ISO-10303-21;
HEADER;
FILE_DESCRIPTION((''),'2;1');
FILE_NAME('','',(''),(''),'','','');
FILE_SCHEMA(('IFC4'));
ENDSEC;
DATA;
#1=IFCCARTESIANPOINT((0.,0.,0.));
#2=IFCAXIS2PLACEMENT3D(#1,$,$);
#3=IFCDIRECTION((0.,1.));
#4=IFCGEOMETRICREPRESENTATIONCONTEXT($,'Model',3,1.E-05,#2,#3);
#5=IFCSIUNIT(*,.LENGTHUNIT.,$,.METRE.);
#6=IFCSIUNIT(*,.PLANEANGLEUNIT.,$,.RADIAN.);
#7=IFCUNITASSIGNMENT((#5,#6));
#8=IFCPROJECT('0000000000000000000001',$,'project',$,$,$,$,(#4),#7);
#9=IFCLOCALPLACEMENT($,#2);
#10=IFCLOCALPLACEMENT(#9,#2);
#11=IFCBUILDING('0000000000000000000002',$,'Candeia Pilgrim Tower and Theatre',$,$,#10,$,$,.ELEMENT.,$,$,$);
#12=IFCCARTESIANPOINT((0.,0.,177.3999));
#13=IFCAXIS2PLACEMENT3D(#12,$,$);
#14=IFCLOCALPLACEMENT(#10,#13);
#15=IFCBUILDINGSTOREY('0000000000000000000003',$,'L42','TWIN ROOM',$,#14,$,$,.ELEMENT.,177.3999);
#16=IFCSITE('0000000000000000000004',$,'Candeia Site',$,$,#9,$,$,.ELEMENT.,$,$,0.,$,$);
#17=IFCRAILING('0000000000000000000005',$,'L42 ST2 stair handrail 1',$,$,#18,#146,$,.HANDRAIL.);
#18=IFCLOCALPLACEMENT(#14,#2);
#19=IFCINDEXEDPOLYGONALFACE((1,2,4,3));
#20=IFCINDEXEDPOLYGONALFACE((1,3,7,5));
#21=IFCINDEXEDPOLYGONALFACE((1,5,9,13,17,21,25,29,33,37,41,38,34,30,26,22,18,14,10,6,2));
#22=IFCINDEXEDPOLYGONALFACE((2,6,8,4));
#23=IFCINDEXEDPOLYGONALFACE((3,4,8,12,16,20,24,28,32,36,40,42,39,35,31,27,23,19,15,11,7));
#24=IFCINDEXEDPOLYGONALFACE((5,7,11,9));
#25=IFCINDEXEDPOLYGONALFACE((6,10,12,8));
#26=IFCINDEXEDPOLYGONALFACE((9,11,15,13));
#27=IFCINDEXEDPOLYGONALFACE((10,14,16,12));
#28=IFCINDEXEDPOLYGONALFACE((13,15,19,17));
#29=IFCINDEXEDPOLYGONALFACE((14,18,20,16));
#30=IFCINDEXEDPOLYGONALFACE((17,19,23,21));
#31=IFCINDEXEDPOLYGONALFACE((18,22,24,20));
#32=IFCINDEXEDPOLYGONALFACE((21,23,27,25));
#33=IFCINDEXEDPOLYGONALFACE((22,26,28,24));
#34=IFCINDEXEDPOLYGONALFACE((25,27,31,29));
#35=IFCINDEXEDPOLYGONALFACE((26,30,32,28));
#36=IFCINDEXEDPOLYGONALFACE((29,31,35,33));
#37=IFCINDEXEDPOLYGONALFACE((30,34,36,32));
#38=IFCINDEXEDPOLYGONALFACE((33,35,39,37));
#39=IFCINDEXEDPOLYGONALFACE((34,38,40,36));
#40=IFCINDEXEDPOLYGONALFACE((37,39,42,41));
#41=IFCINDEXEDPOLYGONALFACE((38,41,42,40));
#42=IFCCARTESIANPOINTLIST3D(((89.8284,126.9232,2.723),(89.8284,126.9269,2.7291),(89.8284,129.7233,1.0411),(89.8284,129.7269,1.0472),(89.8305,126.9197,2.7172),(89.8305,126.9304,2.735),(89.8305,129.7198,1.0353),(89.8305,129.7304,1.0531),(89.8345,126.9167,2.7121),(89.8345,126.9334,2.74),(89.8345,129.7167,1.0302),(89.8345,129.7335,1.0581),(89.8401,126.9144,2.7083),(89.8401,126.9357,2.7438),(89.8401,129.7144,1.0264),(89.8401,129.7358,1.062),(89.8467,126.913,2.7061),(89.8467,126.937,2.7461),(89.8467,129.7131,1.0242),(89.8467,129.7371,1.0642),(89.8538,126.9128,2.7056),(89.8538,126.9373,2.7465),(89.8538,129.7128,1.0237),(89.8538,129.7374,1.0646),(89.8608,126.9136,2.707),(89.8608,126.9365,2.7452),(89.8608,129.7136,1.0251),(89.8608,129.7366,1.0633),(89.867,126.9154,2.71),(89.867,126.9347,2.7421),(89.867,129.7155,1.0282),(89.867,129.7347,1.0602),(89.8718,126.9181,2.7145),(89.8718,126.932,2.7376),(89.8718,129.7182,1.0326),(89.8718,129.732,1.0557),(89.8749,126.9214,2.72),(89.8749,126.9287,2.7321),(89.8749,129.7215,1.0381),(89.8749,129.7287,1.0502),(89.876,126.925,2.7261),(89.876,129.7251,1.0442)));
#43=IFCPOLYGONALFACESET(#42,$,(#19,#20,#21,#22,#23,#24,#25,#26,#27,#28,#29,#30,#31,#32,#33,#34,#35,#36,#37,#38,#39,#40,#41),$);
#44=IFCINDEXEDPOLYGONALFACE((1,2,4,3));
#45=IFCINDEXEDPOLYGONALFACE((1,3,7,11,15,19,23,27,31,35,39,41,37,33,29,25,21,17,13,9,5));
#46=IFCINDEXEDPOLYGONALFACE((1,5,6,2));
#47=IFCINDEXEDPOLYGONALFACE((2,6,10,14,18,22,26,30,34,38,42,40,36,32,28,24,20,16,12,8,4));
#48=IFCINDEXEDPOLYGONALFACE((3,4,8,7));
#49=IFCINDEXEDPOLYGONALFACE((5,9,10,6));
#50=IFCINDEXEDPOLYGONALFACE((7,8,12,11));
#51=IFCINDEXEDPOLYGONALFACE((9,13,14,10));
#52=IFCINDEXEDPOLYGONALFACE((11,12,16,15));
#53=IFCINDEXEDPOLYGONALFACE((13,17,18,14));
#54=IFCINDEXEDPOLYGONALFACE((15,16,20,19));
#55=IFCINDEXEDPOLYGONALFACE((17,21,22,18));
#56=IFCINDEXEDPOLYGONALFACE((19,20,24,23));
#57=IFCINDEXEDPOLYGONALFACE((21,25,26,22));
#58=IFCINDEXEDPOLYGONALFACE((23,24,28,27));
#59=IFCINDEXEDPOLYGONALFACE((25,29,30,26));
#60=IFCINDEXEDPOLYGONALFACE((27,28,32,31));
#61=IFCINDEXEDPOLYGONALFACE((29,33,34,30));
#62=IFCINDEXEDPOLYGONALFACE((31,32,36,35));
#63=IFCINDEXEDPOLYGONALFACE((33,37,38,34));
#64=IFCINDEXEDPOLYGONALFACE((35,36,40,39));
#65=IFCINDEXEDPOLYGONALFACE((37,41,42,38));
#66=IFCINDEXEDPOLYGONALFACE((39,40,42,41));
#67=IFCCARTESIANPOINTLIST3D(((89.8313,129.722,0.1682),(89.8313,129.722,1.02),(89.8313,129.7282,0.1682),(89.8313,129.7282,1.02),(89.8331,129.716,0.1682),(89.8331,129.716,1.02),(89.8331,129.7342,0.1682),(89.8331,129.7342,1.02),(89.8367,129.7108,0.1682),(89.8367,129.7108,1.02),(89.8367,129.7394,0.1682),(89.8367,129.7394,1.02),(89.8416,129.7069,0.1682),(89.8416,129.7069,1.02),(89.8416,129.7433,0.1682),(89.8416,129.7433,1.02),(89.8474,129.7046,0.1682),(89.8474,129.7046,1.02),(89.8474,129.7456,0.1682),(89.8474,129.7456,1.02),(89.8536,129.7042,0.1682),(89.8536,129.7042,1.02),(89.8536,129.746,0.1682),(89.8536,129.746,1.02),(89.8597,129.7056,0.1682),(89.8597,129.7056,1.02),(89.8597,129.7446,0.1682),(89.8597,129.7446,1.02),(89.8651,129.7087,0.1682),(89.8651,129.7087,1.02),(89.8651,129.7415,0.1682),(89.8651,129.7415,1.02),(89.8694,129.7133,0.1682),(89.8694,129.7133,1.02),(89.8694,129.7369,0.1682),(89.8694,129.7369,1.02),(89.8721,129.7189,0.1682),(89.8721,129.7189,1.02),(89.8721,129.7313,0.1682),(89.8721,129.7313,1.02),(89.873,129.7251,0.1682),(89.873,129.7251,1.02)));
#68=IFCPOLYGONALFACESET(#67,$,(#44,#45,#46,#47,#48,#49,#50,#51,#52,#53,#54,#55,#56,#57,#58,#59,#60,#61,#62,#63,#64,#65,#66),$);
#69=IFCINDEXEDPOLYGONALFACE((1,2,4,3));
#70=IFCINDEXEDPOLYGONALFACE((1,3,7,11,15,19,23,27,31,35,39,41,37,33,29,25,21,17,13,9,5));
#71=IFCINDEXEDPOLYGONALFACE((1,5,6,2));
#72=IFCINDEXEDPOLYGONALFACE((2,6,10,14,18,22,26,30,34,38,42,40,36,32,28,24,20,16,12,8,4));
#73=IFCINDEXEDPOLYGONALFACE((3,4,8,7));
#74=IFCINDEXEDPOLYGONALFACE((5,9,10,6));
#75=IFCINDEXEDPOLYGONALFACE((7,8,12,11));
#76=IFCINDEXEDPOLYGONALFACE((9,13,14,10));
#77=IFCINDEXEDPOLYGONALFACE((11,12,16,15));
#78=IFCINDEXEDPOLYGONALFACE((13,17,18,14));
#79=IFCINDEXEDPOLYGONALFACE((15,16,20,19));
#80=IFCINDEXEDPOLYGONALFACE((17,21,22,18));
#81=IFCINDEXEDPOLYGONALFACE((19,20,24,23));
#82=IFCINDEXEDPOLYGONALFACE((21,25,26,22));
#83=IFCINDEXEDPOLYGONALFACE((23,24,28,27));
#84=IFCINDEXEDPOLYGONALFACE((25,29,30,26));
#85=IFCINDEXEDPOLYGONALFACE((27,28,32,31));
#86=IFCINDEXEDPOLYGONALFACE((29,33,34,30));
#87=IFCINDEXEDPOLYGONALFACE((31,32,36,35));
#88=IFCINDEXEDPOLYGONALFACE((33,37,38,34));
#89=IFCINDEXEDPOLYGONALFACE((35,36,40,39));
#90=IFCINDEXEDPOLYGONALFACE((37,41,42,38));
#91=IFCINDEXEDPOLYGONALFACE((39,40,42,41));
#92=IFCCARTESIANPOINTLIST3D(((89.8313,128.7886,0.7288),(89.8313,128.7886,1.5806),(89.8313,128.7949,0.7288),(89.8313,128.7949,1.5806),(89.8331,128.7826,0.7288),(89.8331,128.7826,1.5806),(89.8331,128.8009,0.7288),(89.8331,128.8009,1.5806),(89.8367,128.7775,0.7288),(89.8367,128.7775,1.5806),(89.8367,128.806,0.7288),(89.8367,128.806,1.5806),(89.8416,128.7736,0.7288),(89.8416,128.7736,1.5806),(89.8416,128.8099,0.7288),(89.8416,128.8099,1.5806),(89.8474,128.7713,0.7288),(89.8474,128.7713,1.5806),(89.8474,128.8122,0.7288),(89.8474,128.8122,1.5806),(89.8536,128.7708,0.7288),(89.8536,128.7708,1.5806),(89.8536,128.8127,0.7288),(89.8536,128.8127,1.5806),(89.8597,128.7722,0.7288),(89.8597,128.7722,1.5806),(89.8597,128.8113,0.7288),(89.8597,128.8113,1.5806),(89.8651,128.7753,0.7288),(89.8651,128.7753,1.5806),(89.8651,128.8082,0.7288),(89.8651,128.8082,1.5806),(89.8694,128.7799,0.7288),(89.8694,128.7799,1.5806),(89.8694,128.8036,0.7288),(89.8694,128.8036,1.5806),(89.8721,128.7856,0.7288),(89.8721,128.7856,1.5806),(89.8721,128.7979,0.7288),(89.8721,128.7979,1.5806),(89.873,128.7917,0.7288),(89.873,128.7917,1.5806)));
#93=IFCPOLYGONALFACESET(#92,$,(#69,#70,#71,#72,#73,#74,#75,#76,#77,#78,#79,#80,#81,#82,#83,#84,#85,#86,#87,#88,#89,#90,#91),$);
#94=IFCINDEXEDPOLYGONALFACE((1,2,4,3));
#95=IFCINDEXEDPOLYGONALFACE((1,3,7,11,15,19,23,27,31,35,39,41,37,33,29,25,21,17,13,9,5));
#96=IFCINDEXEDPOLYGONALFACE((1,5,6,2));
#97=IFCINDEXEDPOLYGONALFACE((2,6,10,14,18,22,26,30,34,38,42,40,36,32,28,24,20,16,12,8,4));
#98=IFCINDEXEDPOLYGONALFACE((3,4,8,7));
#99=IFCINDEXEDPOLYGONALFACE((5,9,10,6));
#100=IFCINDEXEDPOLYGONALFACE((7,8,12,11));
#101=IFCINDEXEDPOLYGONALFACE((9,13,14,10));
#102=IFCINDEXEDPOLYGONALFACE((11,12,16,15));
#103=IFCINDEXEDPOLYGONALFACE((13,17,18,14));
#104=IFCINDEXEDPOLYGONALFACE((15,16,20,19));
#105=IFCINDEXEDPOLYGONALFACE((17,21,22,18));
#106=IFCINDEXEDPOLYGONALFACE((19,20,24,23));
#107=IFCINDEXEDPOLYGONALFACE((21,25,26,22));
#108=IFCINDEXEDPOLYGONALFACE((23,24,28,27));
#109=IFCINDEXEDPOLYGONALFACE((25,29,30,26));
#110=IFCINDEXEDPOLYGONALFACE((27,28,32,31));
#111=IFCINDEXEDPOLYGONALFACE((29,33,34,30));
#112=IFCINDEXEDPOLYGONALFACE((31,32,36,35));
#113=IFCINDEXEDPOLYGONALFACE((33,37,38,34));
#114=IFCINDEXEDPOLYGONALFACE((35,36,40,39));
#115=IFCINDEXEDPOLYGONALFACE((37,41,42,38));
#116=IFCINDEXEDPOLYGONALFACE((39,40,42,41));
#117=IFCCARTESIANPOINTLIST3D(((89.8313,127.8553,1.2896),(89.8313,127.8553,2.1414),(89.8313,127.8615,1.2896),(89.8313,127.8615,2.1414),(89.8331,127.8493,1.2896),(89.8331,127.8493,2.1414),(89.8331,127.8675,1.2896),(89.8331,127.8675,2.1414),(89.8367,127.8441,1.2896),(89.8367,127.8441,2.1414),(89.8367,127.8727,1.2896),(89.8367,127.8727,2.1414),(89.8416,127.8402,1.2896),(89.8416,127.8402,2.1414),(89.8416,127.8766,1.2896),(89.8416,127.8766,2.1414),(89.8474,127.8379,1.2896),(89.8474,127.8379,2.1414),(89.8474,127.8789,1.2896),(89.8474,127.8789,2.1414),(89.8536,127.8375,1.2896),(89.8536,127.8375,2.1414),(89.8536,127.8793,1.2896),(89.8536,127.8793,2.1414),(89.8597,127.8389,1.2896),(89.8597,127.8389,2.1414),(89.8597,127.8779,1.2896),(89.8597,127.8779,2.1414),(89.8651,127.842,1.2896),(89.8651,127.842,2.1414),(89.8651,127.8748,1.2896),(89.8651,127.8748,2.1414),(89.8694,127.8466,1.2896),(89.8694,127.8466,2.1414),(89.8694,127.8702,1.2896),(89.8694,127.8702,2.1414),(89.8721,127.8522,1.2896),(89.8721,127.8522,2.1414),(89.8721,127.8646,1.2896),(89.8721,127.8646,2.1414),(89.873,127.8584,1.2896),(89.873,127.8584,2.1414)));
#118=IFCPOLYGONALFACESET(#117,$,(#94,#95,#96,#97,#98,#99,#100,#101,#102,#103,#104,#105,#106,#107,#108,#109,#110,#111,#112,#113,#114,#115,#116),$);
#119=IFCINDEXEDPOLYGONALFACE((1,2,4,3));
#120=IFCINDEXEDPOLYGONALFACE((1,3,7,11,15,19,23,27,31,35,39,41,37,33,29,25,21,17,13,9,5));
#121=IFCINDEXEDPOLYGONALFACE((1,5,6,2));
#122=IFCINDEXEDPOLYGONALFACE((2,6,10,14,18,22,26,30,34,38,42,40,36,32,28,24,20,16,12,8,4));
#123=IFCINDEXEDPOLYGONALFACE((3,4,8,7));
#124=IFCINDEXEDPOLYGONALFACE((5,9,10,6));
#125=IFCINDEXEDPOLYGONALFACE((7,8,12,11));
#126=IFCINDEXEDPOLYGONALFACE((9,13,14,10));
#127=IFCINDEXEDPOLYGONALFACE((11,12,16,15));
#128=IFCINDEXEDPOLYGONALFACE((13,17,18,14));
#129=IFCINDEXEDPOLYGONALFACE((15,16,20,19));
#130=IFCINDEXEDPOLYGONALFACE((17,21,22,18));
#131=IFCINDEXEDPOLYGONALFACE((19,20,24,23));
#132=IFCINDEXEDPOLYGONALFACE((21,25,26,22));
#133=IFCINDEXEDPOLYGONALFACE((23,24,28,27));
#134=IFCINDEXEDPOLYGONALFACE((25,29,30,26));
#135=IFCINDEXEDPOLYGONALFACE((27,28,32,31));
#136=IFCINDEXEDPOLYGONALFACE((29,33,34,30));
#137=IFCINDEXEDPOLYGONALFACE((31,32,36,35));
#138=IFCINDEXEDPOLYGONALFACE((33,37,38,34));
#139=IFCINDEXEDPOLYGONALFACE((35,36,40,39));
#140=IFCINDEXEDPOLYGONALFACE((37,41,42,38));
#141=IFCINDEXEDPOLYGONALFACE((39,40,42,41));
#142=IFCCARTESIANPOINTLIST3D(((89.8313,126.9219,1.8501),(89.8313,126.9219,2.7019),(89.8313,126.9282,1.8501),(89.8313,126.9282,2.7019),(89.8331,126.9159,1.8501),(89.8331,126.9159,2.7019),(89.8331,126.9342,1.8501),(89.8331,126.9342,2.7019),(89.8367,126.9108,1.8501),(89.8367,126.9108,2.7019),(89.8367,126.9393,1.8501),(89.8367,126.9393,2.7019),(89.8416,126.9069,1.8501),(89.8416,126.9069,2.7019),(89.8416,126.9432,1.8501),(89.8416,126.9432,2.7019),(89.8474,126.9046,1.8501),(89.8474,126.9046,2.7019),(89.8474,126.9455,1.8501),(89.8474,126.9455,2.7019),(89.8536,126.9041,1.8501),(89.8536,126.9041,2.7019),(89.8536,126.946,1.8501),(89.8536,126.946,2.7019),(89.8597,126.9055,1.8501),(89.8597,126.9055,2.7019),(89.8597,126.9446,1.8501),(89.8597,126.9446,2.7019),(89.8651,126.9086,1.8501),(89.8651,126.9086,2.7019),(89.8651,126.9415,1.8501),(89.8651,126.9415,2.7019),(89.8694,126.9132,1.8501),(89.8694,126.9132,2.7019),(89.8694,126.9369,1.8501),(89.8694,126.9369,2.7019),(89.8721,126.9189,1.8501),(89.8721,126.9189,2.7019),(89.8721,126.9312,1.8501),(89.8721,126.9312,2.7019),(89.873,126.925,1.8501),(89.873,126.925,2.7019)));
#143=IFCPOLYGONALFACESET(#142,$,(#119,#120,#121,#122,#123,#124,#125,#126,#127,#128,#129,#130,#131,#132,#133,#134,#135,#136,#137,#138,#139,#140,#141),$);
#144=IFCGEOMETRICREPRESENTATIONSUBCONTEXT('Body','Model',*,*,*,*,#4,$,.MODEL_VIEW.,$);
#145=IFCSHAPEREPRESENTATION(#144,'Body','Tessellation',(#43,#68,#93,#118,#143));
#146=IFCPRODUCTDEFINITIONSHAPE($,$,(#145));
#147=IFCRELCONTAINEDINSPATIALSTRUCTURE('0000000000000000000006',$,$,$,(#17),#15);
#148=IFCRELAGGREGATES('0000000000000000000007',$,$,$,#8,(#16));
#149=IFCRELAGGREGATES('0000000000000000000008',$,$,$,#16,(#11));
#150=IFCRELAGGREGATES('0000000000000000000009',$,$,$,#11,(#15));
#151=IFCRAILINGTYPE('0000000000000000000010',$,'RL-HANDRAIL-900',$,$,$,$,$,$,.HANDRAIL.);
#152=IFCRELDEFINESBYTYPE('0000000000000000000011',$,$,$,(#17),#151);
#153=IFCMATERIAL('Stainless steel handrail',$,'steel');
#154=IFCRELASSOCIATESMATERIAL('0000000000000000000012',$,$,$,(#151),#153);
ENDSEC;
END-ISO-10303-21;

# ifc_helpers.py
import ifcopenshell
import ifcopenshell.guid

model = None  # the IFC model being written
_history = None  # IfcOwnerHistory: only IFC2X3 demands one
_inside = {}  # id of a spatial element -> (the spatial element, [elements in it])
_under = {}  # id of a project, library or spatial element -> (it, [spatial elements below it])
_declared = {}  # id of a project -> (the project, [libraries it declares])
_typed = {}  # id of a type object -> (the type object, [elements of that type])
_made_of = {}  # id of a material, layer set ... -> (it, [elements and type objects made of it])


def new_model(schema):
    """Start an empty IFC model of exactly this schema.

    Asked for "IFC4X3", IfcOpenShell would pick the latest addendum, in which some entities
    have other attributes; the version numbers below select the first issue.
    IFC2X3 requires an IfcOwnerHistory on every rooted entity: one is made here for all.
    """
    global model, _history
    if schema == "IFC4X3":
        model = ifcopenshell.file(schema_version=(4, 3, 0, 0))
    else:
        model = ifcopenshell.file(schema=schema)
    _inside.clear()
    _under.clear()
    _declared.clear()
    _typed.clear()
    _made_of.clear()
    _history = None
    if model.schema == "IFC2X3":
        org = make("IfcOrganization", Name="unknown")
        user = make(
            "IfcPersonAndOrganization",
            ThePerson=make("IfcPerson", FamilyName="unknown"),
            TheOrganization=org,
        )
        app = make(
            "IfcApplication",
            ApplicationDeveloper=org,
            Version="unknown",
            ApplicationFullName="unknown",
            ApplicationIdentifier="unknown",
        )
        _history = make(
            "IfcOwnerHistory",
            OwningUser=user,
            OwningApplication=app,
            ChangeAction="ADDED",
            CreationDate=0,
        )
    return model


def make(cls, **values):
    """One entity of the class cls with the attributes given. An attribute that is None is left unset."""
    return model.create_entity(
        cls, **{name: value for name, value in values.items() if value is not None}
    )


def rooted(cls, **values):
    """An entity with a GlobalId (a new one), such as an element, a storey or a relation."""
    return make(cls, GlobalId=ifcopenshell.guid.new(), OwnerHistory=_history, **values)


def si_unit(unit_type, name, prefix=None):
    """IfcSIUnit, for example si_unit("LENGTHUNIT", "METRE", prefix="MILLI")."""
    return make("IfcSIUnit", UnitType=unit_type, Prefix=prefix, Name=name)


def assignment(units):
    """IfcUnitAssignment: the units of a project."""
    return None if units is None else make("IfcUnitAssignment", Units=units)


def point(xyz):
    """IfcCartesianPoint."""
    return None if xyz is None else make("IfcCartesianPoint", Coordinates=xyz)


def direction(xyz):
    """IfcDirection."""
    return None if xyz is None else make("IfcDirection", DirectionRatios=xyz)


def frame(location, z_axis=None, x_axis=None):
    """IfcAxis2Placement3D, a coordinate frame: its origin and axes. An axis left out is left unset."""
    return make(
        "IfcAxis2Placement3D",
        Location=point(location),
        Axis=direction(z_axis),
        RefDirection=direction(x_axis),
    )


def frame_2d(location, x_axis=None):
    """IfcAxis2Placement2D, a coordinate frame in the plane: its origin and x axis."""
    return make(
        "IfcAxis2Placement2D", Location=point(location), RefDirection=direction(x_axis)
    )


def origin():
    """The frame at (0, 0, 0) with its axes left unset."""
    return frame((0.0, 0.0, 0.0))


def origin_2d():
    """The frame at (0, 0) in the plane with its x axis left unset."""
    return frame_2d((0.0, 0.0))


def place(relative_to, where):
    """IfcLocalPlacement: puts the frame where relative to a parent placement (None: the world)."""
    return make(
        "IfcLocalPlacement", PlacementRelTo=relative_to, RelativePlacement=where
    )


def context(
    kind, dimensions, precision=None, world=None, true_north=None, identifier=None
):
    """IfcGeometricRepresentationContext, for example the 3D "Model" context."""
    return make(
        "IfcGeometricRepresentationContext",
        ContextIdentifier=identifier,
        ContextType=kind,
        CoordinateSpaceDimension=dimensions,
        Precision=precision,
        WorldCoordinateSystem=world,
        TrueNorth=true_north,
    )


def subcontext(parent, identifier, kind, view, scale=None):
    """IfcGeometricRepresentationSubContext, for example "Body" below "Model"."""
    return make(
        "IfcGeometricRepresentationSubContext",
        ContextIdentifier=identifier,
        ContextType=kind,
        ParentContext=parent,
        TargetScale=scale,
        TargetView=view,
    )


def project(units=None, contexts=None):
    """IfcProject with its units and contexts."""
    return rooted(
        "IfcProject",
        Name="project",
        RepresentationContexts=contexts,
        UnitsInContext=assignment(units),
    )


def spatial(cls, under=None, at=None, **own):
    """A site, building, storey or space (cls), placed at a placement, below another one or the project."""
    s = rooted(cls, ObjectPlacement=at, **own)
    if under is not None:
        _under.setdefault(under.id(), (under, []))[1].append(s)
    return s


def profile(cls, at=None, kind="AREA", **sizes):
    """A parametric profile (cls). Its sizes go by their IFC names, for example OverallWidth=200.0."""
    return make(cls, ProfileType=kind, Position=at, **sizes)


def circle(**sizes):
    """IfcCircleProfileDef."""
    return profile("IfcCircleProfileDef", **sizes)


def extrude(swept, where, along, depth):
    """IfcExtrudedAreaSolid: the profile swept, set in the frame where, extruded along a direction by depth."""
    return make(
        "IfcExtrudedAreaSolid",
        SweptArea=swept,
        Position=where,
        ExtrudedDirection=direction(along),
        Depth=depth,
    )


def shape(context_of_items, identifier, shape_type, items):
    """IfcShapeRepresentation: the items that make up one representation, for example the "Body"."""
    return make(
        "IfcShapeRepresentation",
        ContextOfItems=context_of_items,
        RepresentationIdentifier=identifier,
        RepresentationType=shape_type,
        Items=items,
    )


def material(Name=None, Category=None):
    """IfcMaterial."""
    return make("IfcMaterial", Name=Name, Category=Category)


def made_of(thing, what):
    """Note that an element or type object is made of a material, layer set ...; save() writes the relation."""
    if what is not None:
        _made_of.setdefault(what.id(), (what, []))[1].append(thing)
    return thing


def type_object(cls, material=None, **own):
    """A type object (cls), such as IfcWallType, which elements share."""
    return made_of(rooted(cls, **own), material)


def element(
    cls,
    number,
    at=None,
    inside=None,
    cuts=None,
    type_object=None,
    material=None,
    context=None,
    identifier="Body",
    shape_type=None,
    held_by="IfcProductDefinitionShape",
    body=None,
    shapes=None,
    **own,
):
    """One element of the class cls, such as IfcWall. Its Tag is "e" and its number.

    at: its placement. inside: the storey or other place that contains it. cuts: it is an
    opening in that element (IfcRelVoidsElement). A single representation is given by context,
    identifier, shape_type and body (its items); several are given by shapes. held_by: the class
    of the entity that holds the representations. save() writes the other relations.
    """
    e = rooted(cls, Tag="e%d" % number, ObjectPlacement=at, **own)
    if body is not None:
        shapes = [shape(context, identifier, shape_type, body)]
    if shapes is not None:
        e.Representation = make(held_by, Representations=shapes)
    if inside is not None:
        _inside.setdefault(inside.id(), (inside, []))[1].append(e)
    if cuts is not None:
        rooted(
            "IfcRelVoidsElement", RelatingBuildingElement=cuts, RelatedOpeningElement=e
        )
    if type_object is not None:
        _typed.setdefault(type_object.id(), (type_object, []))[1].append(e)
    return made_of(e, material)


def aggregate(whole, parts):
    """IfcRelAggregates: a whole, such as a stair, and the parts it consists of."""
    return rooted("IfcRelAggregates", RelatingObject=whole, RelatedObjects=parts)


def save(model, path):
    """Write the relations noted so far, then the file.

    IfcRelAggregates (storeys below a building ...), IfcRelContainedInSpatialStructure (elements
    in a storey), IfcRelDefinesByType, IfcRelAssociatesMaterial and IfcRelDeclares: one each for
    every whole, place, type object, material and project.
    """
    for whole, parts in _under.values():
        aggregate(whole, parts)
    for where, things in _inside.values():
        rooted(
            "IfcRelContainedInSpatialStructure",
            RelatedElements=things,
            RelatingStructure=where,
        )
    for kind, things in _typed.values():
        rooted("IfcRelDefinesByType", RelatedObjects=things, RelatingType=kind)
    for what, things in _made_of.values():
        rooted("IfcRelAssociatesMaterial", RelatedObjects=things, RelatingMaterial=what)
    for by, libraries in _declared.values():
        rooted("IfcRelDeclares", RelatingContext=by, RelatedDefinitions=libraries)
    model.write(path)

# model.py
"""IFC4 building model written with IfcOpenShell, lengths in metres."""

from ifc_helpers import new_model, si_unit, direction, frame, origin, origin_2d, place, context, subcontext, project, spatial, circle, extrude, material, type_object, element, save


model = new_model("IFC4")

# Units and contexts
model_context = context("Model", 3, precision=1e-05, world=origin(), true_north=direction((0.0, 1.0)))
body_context = subcontext(model_context, "Body", "Model", "MODEL_VIEW")
ifc_project = project(units=[si_unit("LENGTHUNIT", "METRE"), si_unit("PLANEANGLEUNIT", "RADIAN")], contexts=[model_context])

# Site, building, storey
site_placement = place(None, origin())
site = spatial("IfcSite", under=ifc_project, at=site_placement, Name="Candeia Site", CompositionType="ELEMENT", RefElevation=0.0)
building_placement = place(site_placement, origin())
building = spatial("IfcBuilding", under=site, at=building_placement, Name="Candeia Pilgrim Tower and Theatre", CompositionType="ELEMENT")
storey_placement = place(building_placement, frame((0.0, 0.0, 177.3999)))
storey = spatial("IfcBuildingStorey", under=building, at=storey_placement, Name="L42", Description="TWIN ROOM", CompositionType="ELEMENT", Elevation=177.3999)

# Railing
ifc_material_1 = material(Name="Stainless steel handrail", Category="steel")
railing_type_1 = type_object("IfcRailingType", Name="RL-HANDRAIL-900", PredefinedType="HANDRAIL", material=ifc_material_1)
railing_1_placement = place(storey_placement, frame((89.8521, 129.7251, 0.1682)))
element("IfcRailing", 1, at=railing_1_placement, inside=storey, type_object=railing_type_1, Name="L42 ST2 stair handrail 1", PredefinedType="HANDRAIL", context=body_context, shape_type="SweptSolid", body=[
    extrude(circle(Radius=0.0239, at=origin_2d()), frame((0.0, 0.0, 0.876), z_axis=(0.0, -0.857242, 0.514913), x_axis=(1.0, 0.0, 0.0)), (0.0, 0.0, 1.0), 3.2664),
    extrude(circle(Radius=0.021, at=origin_2d()), origin(), (0.0, 0.0, 1.0), 0.8518),
    extrude(circle(Radius=0.021, at=origin_2d()), frame((0.0, -0.9333, 0.5605)), (0.0, 0.0, 1.0), 0.8518),
    extrude(circle(Radius=0.021, at=origin_2d()), frame((0.0, -1.8667, 1.1213)), (0.0, 0.0, 1.0), 0.8518),
    extrude(circle(Radius=0.021, at=origin_2d()), frame((0.0, -2.8, 1.6819)), (0.0, 0.0, 1.0), 0.8518),
])

save(model, "model.ifc")
